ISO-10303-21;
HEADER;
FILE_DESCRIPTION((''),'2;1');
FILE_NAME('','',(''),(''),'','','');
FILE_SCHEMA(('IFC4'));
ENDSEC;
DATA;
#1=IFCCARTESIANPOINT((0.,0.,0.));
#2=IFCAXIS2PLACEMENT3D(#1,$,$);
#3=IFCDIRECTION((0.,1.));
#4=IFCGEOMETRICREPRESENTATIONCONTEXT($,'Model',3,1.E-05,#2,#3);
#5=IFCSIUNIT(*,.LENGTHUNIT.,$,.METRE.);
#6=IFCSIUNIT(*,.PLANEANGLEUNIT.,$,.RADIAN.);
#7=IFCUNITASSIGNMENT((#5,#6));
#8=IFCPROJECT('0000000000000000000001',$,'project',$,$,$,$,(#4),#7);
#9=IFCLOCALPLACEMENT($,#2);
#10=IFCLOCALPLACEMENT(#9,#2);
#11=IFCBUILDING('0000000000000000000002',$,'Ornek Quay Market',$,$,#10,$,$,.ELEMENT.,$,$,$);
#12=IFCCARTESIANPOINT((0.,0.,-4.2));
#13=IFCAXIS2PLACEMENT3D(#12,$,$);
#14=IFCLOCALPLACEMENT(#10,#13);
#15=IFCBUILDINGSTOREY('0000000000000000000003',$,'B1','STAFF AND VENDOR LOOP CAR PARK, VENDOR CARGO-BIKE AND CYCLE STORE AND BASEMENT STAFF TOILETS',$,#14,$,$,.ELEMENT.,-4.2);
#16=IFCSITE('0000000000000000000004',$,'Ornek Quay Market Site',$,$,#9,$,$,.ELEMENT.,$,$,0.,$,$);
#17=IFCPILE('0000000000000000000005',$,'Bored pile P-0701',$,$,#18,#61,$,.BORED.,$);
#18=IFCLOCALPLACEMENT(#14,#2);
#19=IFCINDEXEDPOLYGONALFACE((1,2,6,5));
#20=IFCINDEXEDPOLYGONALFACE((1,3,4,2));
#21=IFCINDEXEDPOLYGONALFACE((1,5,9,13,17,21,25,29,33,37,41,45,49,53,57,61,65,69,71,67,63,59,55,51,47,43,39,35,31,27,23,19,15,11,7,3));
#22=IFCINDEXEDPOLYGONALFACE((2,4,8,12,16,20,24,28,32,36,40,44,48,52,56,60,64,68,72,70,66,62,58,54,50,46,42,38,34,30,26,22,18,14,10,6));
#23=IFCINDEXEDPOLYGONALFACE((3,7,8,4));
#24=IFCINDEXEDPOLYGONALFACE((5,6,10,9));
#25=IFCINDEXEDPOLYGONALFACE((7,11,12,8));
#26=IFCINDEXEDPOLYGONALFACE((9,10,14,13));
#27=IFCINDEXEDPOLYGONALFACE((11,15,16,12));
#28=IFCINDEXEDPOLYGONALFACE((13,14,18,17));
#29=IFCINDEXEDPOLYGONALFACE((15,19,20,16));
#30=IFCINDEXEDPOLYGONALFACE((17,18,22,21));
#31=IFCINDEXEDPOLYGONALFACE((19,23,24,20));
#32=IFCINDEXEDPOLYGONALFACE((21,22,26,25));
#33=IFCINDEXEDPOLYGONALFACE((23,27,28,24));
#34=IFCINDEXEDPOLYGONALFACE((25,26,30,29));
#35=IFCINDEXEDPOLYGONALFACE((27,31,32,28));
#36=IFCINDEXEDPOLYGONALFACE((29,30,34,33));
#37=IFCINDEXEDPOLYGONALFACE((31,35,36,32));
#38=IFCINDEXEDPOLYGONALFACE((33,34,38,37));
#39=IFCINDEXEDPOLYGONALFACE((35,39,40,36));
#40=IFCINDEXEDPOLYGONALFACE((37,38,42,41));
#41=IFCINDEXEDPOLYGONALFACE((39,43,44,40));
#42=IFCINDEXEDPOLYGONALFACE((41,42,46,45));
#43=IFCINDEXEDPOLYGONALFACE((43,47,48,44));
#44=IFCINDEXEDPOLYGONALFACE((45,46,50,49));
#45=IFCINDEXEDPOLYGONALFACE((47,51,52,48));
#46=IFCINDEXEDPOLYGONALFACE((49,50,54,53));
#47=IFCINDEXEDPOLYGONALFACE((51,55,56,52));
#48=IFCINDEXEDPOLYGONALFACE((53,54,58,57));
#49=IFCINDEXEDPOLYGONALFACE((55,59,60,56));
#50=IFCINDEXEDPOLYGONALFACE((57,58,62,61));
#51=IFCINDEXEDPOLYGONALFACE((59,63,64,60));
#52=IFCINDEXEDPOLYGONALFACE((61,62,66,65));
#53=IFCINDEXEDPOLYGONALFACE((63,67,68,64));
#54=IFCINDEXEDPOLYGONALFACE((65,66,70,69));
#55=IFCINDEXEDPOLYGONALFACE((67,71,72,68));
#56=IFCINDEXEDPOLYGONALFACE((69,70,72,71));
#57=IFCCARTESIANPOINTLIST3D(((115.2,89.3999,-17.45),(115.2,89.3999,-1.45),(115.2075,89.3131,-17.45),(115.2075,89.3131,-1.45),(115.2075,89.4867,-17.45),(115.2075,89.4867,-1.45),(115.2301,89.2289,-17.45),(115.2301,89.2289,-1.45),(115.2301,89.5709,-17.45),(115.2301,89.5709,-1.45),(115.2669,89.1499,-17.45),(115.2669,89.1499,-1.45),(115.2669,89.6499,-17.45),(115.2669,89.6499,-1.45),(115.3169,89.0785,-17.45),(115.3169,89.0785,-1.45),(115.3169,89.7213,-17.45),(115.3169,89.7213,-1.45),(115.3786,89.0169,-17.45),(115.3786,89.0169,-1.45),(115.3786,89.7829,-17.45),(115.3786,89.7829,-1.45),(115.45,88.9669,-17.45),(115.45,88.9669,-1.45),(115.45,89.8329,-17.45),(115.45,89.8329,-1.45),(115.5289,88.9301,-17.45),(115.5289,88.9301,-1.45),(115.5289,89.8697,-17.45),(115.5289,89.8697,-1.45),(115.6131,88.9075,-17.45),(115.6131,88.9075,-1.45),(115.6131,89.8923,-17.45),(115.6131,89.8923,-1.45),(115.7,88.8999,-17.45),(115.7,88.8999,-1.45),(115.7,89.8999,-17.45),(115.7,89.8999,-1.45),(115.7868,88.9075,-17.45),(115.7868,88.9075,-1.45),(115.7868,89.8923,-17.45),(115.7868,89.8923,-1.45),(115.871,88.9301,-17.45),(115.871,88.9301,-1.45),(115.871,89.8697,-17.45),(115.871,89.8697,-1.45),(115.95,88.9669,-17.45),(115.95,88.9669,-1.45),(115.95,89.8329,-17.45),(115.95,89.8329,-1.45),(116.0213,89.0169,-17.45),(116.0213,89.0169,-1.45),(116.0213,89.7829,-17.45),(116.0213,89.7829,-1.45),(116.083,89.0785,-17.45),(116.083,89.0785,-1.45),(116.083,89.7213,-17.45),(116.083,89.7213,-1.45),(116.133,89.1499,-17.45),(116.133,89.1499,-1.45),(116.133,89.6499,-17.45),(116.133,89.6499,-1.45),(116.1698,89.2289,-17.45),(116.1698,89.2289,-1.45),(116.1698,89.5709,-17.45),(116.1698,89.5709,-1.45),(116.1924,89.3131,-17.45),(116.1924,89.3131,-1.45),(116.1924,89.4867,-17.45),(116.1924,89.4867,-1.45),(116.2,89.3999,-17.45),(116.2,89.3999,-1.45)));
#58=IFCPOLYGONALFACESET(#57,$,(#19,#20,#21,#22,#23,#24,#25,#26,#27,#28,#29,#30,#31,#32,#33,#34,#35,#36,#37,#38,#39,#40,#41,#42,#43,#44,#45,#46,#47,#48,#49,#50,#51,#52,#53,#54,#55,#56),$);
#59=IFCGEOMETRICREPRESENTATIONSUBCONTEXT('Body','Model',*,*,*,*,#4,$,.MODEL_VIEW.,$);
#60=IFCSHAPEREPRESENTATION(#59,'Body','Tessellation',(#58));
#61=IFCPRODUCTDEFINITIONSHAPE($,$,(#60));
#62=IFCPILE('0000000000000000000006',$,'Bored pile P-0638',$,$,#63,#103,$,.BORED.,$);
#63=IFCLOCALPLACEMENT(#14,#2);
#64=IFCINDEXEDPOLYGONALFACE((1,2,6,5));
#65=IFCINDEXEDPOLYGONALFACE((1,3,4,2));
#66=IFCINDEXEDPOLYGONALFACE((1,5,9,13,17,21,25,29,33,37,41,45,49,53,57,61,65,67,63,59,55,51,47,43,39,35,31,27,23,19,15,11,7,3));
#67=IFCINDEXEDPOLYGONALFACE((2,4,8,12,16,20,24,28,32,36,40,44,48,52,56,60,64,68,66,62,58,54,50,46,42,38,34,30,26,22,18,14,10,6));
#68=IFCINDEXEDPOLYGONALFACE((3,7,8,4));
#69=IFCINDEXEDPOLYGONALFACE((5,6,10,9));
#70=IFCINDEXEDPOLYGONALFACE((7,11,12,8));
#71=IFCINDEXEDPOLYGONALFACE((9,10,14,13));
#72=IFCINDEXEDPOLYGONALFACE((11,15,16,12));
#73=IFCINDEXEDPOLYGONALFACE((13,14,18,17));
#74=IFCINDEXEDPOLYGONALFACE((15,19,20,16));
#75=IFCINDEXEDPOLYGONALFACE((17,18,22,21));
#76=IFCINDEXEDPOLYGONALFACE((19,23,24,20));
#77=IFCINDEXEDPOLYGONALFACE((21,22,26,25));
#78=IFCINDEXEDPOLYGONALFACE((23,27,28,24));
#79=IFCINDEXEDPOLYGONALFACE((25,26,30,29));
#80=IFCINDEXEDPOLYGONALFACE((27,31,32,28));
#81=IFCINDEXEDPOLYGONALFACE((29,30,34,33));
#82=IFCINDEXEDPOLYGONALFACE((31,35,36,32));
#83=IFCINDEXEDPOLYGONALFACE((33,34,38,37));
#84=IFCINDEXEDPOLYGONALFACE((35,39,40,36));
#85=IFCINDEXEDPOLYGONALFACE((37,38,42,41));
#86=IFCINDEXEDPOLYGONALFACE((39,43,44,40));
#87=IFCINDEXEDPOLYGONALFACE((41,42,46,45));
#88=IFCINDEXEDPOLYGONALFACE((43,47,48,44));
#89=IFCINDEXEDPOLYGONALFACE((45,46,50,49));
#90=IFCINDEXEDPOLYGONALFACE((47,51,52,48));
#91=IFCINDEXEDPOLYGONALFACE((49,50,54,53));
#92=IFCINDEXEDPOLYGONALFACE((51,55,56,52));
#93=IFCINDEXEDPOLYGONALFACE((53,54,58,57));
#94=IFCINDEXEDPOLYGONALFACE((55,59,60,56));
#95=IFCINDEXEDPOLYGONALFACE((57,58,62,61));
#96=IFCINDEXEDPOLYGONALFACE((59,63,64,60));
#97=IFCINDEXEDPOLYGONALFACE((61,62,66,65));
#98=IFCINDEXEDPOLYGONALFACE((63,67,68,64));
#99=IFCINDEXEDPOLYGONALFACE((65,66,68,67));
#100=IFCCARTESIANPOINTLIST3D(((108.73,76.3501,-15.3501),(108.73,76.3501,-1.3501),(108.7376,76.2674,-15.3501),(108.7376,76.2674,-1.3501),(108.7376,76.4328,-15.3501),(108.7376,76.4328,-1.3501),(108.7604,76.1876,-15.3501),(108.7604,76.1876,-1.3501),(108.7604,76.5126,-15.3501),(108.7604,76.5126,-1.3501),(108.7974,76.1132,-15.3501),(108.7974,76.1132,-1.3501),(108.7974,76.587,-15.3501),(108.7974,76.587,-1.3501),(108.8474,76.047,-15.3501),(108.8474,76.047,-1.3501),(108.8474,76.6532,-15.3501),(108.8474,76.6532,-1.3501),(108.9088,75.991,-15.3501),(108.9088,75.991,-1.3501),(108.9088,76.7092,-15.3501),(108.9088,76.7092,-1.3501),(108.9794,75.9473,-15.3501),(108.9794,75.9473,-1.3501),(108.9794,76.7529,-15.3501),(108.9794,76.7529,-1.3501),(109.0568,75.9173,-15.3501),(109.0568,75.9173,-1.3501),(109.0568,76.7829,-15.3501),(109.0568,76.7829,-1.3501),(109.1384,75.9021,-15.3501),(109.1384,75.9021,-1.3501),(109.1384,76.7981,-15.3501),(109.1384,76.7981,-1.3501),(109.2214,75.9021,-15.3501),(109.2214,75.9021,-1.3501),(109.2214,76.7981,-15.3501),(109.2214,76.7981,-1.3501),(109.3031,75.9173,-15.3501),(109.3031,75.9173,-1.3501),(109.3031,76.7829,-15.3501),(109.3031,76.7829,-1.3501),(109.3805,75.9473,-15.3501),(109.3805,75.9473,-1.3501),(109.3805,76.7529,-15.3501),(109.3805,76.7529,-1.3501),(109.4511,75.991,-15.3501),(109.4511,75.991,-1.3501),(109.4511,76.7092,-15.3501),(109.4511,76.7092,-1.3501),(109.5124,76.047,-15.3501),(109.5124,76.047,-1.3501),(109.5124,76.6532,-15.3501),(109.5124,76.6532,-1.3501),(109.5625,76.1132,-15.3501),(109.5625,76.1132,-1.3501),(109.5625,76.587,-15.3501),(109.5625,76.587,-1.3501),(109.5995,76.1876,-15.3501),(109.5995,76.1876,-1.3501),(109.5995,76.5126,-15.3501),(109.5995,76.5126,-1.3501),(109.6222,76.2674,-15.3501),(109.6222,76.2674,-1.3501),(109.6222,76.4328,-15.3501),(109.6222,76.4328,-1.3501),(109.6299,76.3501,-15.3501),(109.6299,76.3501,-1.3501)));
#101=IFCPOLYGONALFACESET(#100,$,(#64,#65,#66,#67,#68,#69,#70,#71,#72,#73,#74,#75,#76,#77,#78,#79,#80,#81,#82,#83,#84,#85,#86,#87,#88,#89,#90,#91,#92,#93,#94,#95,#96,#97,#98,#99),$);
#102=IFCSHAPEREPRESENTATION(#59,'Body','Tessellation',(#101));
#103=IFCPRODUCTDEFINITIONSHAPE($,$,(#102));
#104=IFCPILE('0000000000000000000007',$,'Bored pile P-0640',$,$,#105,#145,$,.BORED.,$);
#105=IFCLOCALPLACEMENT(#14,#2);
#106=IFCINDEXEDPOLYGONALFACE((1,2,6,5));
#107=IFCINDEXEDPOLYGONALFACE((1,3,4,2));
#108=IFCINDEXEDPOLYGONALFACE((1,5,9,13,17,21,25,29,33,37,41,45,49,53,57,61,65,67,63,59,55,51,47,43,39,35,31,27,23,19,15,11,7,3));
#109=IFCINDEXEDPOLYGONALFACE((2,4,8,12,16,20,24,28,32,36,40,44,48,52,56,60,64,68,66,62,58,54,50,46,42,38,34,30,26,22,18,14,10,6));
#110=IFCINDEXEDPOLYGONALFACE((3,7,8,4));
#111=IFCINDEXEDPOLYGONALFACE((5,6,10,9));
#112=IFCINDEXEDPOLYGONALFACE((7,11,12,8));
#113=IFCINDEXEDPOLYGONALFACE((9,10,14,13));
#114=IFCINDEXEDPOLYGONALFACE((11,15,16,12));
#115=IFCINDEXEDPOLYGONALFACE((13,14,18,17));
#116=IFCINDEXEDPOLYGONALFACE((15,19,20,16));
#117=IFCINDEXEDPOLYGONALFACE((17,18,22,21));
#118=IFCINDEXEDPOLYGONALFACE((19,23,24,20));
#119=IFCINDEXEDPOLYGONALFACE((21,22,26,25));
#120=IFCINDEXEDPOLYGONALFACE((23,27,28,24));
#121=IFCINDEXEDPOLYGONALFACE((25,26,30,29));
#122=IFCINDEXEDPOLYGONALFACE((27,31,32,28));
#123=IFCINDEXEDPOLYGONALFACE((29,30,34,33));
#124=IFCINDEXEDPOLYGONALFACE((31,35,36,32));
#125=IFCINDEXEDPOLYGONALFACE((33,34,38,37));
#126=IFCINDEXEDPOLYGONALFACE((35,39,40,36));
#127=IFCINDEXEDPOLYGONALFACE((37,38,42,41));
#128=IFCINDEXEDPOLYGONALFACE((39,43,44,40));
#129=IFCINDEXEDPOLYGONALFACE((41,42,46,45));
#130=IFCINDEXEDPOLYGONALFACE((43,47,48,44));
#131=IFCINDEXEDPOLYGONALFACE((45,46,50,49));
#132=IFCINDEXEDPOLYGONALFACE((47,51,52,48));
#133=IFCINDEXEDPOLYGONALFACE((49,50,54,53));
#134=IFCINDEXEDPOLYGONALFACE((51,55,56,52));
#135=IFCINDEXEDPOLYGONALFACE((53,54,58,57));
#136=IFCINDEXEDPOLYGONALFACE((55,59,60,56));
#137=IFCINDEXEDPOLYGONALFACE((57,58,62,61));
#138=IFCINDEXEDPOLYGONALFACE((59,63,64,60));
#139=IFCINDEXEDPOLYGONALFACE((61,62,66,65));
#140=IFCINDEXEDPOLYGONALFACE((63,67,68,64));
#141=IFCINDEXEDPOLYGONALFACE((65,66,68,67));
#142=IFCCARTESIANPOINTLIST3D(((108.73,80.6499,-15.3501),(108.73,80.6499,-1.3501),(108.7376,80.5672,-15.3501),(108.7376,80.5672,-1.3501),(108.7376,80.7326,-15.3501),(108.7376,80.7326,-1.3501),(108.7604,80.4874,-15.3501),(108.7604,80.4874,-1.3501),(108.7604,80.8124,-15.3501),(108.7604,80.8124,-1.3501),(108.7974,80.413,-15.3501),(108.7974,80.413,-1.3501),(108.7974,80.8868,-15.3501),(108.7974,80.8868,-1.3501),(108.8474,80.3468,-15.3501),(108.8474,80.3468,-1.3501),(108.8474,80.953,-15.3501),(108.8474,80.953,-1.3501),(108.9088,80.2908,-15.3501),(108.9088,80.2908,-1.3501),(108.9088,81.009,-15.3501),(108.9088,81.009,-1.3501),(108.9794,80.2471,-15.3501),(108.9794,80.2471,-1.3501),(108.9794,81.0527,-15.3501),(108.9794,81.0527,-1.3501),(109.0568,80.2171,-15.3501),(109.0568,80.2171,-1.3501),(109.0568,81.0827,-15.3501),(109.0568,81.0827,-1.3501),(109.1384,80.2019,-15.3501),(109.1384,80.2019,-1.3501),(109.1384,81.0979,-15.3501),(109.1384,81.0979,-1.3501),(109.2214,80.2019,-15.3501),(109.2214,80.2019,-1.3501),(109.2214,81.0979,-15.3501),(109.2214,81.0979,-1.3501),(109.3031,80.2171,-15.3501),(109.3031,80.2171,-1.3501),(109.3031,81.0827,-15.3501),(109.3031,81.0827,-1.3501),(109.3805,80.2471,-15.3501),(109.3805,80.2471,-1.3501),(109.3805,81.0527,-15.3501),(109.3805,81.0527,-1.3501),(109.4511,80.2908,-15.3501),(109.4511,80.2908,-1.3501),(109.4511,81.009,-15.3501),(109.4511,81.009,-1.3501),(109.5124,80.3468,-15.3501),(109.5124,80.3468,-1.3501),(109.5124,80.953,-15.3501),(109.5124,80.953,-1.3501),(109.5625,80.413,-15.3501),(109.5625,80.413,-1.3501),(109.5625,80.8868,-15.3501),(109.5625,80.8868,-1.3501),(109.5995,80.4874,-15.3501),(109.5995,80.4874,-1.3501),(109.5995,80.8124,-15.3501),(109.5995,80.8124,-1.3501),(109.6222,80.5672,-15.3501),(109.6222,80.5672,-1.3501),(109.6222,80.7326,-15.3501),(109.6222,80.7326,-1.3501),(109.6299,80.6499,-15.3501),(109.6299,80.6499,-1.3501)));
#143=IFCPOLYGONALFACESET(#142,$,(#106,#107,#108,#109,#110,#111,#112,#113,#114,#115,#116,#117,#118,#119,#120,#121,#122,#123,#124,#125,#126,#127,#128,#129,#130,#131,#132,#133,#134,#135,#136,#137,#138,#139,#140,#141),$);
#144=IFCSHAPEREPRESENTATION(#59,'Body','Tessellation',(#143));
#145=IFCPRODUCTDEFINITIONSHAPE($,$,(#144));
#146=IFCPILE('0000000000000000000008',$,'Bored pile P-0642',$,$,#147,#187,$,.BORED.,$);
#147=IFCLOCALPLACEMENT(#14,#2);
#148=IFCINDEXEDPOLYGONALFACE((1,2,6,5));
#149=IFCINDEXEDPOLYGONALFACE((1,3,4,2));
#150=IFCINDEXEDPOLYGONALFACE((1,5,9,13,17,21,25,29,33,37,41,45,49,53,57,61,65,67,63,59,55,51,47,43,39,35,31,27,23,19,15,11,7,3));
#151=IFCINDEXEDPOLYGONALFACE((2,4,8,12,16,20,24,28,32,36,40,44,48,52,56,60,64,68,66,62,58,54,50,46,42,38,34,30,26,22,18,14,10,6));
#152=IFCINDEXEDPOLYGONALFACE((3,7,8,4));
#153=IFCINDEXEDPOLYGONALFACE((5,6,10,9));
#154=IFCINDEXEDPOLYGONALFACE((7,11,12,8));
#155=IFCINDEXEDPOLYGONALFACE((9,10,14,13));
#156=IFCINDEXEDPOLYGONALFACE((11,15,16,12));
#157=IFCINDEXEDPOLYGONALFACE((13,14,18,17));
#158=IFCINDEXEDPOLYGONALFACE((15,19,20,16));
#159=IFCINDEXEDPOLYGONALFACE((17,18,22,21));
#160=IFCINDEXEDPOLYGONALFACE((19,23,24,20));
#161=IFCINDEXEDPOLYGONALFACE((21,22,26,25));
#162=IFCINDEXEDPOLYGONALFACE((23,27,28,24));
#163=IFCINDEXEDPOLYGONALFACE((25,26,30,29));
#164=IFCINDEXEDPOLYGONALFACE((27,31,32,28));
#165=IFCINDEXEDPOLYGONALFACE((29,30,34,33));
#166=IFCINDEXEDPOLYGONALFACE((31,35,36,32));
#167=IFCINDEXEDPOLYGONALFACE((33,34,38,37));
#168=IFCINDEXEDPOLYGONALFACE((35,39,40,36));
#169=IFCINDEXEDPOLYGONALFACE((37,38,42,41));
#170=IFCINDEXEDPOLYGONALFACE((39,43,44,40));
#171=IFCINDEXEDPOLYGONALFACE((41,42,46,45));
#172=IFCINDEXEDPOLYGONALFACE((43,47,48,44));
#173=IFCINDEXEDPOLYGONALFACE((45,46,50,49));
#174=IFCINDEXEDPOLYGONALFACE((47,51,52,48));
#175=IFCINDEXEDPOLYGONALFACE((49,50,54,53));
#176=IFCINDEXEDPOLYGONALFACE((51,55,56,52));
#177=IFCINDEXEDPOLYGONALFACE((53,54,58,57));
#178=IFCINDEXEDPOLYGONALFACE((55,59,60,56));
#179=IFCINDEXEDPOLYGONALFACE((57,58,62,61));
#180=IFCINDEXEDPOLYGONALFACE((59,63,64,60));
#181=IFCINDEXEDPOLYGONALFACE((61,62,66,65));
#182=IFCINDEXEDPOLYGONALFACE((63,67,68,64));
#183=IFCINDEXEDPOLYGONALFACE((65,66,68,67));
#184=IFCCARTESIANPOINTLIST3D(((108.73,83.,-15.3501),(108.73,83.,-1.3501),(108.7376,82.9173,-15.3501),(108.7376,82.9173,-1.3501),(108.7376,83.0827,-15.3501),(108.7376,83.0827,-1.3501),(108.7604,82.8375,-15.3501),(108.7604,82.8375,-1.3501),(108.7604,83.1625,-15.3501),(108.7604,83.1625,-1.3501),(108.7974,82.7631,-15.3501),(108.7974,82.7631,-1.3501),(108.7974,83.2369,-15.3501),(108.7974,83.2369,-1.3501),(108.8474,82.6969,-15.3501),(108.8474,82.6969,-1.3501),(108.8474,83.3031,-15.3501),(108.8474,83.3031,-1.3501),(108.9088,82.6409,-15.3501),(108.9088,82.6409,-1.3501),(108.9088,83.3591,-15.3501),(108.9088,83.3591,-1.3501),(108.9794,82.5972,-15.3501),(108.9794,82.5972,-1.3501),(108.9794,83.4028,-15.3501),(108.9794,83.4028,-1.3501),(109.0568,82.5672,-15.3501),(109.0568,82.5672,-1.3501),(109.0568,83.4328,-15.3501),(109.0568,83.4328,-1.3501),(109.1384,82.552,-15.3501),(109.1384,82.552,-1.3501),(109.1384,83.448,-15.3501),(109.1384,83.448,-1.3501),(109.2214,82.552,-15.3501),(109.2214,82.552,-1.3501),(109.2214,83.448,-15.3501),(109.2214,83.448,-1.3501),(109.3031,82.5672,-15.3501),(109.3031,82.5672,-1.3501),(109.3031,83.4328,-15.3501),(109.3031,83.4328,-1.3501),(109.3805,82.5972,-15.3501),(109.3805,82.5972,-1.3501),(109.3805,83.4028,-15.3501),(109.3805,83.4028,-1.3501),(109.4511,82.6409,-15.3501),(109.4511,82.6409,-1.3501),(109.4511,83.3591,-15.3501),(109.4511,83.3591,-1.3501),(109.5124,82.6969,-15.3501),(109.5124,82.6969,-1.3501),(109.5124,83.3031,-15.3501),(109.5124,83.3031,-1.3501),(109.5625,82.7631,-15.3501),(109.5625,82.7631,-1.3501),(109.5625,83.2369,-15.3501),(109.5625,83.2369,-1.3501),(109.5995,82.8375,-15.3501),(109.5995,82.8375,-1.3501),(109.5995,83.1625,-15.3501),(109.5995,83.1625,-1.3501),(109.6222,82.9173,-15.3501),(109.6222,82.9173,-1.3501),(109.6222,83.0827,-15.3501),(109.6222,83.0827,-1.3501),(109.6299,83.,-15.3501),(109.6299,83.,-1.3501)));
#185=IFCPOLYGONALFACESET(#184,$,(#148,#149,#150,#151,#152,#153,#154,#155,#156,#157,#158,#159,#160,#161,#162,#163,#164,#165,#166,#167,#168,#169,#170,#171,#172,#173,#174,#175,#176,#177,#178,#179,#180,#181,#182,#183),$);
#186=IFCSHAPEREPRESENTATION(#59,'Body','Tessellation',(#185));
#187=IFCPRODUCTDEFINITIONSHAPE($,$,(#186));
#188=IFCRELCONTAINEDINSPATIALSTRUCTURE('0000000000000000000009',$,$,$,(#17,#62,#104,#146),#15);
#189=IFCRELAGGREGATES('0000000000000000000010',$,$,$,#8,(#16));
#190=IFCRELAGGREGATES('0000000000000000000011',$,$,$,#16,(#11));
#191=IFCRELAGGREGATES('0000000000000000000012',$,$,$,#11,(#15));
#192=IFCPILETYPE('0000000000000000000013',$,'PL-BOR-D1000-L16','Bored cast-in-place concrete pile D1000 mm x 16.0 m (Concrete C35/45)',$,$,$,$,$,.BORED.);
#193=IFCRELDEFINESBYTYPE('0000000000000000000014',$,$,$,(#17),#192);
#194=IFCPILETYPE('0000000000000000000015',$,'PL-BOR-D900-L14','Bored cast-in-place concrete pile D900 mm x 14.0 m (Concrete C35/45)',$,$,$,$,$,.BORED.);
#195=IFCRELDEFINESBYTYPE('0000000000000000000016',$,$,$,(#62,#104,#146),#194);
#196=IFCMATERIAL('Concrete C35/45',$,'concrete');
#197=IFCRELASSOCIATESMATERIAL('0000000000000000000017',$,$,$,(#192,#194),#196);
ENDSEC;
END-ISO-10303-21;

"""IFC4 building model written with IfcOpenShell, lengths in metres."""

from ifc_helpers import new_model, si_unit, direction, frame, origin, origin_2d, place, context, subcontext, project, spatial, circle, extrude, material, material_profile, profile_set, type_object, element, save


model = new_model("IFC4")

# Units and contexts
model_context = context("Model", 3, precision=1e-05, world=origin(), true_north=direction((0.0, 1.0)))
body_context = subcontext(model_context, "Body", "Model", "MODEL_VIEW")
ifc_project = project(units=[si_unit("LENGTHUNIT", "METRE"), si_unit("PLANEANGLEUNIT", "RADIAN")], contexts=[model_context])

# Site, building, storey
site_placement = place(None, origin())
site = spatial("IfcSite", under=ifc_project, at=site_placement, Name="Ornek Quay Market Site", CompositionType="ELEMENT", RefElevation=0.0)
building_placement = place(site_placement, origin())
building = spatial("IfcBuilding", under=site, at=building_placement, Name="Ornek Quay Market", CompositionType="ELEMENT")
storey_placement = place(building_placement, frame((0.0, 0.0, -4.2)))
storey = spatial("IfcBuildingStorey", under=building, at=storey_placement, Name="B1", Description="STAFF AND VENDOR LOOP CAR PARK, VENDOR CARGO-BIKE AND CYCLE STORE AND BASEMENT STAFF TOILETS", CompositionType="ELEMENT", Elevation=-4.2)

# Piles
ifc_material_1 = material(Name="Concrete C35/45", Category="concrete")
ifc_material_profile_1 = material_profile(ifc_material_1, circle(Radius=0.5, at=origin_2d()), Name="PILE D1000", Category="concrete")
ifc_profile_set_1 = profile_set([ifc_material_profile_1], Name="Concrete C35/45")
pile_type_1 = type_object("IfcPileType", Name="PL-BOR-D1000-L16", Description="Bored cast-in-place concrete pile D1000 mm x 16.0 m (Concrete C35/45)", PredefinedType="BORED", material=ifc_profile_set_1)
for number, where, z_axis, x_axis, name in (
    (1, (115.7, 89.3999, -1.45), (0.0, 0.0, -1.0), (1.0, 0.0, 0.0), "Bored pile P-0701"),
):
    element("IfcPile", number, at=place(storey_placement, frame(where, z_axis=z_axis, x_axis=x_axis)), inside=storey, type_object=pile_type_1, Name=name, PredefinedType="BORED", context=body_context, shape_type="SweptSolid", body=[
        extrude(circle(Radius=0.5, at=origin_2d()), origin(), (0.0, 0.0, 1.0), 16.0),
    ])
ifc_material_profile_2 = material_profile(ifc_material_1, circle(Radius=0.45, at=origin_2d()), Name="PILE D900", Category="concrete")
ifc_profile_set_2 = profile_set([ifc_material_profile_2], Name="Concrete C35/45")
pile_type_2 = type_object("IfcPileType", Name="PL-BOR-D900-L14", Description="Bored cast-in-place concrete pile D900 mm x 14.0 m (Concrete C35/45)", PredefinedType="BORED", material=ifc_profile_set_2)
for number, where, z_axis, x_axis, name in (
    (2, (109.1799, 76.3501, -1.3501), (0.0, 0.0, -1.0), (1.0, 0.0, 0.0), "Bored pile P-0638"),
    (3, (109.1799, 80.6499, -1.3501), (0.0, 0.0, -1.0), (1.0, 0.0, 0.0), "Bored pile P-0640"),
    (4, (109.1799, 83.0, -1.3501), (0.0, 0.0, -1.0), (1.0, 0.0, 0.0), "Bored pile P-0642"),
):
    element("IfcPile", number, at=place(storey_placement, frame(where, z_axis=z_axis, x_axis=x_axis)), inside=storey, type_object=pile_type_2, Name=name, PredefinedType="BORED", context=body_context, shape_type="SweptSolid", body=[
        extrude(circle(Radius=0.45, at=origin_2d()), origin(), (0.0, 0.0, 1.0), 14.0),
    ])

save(model, "model.ifc")
